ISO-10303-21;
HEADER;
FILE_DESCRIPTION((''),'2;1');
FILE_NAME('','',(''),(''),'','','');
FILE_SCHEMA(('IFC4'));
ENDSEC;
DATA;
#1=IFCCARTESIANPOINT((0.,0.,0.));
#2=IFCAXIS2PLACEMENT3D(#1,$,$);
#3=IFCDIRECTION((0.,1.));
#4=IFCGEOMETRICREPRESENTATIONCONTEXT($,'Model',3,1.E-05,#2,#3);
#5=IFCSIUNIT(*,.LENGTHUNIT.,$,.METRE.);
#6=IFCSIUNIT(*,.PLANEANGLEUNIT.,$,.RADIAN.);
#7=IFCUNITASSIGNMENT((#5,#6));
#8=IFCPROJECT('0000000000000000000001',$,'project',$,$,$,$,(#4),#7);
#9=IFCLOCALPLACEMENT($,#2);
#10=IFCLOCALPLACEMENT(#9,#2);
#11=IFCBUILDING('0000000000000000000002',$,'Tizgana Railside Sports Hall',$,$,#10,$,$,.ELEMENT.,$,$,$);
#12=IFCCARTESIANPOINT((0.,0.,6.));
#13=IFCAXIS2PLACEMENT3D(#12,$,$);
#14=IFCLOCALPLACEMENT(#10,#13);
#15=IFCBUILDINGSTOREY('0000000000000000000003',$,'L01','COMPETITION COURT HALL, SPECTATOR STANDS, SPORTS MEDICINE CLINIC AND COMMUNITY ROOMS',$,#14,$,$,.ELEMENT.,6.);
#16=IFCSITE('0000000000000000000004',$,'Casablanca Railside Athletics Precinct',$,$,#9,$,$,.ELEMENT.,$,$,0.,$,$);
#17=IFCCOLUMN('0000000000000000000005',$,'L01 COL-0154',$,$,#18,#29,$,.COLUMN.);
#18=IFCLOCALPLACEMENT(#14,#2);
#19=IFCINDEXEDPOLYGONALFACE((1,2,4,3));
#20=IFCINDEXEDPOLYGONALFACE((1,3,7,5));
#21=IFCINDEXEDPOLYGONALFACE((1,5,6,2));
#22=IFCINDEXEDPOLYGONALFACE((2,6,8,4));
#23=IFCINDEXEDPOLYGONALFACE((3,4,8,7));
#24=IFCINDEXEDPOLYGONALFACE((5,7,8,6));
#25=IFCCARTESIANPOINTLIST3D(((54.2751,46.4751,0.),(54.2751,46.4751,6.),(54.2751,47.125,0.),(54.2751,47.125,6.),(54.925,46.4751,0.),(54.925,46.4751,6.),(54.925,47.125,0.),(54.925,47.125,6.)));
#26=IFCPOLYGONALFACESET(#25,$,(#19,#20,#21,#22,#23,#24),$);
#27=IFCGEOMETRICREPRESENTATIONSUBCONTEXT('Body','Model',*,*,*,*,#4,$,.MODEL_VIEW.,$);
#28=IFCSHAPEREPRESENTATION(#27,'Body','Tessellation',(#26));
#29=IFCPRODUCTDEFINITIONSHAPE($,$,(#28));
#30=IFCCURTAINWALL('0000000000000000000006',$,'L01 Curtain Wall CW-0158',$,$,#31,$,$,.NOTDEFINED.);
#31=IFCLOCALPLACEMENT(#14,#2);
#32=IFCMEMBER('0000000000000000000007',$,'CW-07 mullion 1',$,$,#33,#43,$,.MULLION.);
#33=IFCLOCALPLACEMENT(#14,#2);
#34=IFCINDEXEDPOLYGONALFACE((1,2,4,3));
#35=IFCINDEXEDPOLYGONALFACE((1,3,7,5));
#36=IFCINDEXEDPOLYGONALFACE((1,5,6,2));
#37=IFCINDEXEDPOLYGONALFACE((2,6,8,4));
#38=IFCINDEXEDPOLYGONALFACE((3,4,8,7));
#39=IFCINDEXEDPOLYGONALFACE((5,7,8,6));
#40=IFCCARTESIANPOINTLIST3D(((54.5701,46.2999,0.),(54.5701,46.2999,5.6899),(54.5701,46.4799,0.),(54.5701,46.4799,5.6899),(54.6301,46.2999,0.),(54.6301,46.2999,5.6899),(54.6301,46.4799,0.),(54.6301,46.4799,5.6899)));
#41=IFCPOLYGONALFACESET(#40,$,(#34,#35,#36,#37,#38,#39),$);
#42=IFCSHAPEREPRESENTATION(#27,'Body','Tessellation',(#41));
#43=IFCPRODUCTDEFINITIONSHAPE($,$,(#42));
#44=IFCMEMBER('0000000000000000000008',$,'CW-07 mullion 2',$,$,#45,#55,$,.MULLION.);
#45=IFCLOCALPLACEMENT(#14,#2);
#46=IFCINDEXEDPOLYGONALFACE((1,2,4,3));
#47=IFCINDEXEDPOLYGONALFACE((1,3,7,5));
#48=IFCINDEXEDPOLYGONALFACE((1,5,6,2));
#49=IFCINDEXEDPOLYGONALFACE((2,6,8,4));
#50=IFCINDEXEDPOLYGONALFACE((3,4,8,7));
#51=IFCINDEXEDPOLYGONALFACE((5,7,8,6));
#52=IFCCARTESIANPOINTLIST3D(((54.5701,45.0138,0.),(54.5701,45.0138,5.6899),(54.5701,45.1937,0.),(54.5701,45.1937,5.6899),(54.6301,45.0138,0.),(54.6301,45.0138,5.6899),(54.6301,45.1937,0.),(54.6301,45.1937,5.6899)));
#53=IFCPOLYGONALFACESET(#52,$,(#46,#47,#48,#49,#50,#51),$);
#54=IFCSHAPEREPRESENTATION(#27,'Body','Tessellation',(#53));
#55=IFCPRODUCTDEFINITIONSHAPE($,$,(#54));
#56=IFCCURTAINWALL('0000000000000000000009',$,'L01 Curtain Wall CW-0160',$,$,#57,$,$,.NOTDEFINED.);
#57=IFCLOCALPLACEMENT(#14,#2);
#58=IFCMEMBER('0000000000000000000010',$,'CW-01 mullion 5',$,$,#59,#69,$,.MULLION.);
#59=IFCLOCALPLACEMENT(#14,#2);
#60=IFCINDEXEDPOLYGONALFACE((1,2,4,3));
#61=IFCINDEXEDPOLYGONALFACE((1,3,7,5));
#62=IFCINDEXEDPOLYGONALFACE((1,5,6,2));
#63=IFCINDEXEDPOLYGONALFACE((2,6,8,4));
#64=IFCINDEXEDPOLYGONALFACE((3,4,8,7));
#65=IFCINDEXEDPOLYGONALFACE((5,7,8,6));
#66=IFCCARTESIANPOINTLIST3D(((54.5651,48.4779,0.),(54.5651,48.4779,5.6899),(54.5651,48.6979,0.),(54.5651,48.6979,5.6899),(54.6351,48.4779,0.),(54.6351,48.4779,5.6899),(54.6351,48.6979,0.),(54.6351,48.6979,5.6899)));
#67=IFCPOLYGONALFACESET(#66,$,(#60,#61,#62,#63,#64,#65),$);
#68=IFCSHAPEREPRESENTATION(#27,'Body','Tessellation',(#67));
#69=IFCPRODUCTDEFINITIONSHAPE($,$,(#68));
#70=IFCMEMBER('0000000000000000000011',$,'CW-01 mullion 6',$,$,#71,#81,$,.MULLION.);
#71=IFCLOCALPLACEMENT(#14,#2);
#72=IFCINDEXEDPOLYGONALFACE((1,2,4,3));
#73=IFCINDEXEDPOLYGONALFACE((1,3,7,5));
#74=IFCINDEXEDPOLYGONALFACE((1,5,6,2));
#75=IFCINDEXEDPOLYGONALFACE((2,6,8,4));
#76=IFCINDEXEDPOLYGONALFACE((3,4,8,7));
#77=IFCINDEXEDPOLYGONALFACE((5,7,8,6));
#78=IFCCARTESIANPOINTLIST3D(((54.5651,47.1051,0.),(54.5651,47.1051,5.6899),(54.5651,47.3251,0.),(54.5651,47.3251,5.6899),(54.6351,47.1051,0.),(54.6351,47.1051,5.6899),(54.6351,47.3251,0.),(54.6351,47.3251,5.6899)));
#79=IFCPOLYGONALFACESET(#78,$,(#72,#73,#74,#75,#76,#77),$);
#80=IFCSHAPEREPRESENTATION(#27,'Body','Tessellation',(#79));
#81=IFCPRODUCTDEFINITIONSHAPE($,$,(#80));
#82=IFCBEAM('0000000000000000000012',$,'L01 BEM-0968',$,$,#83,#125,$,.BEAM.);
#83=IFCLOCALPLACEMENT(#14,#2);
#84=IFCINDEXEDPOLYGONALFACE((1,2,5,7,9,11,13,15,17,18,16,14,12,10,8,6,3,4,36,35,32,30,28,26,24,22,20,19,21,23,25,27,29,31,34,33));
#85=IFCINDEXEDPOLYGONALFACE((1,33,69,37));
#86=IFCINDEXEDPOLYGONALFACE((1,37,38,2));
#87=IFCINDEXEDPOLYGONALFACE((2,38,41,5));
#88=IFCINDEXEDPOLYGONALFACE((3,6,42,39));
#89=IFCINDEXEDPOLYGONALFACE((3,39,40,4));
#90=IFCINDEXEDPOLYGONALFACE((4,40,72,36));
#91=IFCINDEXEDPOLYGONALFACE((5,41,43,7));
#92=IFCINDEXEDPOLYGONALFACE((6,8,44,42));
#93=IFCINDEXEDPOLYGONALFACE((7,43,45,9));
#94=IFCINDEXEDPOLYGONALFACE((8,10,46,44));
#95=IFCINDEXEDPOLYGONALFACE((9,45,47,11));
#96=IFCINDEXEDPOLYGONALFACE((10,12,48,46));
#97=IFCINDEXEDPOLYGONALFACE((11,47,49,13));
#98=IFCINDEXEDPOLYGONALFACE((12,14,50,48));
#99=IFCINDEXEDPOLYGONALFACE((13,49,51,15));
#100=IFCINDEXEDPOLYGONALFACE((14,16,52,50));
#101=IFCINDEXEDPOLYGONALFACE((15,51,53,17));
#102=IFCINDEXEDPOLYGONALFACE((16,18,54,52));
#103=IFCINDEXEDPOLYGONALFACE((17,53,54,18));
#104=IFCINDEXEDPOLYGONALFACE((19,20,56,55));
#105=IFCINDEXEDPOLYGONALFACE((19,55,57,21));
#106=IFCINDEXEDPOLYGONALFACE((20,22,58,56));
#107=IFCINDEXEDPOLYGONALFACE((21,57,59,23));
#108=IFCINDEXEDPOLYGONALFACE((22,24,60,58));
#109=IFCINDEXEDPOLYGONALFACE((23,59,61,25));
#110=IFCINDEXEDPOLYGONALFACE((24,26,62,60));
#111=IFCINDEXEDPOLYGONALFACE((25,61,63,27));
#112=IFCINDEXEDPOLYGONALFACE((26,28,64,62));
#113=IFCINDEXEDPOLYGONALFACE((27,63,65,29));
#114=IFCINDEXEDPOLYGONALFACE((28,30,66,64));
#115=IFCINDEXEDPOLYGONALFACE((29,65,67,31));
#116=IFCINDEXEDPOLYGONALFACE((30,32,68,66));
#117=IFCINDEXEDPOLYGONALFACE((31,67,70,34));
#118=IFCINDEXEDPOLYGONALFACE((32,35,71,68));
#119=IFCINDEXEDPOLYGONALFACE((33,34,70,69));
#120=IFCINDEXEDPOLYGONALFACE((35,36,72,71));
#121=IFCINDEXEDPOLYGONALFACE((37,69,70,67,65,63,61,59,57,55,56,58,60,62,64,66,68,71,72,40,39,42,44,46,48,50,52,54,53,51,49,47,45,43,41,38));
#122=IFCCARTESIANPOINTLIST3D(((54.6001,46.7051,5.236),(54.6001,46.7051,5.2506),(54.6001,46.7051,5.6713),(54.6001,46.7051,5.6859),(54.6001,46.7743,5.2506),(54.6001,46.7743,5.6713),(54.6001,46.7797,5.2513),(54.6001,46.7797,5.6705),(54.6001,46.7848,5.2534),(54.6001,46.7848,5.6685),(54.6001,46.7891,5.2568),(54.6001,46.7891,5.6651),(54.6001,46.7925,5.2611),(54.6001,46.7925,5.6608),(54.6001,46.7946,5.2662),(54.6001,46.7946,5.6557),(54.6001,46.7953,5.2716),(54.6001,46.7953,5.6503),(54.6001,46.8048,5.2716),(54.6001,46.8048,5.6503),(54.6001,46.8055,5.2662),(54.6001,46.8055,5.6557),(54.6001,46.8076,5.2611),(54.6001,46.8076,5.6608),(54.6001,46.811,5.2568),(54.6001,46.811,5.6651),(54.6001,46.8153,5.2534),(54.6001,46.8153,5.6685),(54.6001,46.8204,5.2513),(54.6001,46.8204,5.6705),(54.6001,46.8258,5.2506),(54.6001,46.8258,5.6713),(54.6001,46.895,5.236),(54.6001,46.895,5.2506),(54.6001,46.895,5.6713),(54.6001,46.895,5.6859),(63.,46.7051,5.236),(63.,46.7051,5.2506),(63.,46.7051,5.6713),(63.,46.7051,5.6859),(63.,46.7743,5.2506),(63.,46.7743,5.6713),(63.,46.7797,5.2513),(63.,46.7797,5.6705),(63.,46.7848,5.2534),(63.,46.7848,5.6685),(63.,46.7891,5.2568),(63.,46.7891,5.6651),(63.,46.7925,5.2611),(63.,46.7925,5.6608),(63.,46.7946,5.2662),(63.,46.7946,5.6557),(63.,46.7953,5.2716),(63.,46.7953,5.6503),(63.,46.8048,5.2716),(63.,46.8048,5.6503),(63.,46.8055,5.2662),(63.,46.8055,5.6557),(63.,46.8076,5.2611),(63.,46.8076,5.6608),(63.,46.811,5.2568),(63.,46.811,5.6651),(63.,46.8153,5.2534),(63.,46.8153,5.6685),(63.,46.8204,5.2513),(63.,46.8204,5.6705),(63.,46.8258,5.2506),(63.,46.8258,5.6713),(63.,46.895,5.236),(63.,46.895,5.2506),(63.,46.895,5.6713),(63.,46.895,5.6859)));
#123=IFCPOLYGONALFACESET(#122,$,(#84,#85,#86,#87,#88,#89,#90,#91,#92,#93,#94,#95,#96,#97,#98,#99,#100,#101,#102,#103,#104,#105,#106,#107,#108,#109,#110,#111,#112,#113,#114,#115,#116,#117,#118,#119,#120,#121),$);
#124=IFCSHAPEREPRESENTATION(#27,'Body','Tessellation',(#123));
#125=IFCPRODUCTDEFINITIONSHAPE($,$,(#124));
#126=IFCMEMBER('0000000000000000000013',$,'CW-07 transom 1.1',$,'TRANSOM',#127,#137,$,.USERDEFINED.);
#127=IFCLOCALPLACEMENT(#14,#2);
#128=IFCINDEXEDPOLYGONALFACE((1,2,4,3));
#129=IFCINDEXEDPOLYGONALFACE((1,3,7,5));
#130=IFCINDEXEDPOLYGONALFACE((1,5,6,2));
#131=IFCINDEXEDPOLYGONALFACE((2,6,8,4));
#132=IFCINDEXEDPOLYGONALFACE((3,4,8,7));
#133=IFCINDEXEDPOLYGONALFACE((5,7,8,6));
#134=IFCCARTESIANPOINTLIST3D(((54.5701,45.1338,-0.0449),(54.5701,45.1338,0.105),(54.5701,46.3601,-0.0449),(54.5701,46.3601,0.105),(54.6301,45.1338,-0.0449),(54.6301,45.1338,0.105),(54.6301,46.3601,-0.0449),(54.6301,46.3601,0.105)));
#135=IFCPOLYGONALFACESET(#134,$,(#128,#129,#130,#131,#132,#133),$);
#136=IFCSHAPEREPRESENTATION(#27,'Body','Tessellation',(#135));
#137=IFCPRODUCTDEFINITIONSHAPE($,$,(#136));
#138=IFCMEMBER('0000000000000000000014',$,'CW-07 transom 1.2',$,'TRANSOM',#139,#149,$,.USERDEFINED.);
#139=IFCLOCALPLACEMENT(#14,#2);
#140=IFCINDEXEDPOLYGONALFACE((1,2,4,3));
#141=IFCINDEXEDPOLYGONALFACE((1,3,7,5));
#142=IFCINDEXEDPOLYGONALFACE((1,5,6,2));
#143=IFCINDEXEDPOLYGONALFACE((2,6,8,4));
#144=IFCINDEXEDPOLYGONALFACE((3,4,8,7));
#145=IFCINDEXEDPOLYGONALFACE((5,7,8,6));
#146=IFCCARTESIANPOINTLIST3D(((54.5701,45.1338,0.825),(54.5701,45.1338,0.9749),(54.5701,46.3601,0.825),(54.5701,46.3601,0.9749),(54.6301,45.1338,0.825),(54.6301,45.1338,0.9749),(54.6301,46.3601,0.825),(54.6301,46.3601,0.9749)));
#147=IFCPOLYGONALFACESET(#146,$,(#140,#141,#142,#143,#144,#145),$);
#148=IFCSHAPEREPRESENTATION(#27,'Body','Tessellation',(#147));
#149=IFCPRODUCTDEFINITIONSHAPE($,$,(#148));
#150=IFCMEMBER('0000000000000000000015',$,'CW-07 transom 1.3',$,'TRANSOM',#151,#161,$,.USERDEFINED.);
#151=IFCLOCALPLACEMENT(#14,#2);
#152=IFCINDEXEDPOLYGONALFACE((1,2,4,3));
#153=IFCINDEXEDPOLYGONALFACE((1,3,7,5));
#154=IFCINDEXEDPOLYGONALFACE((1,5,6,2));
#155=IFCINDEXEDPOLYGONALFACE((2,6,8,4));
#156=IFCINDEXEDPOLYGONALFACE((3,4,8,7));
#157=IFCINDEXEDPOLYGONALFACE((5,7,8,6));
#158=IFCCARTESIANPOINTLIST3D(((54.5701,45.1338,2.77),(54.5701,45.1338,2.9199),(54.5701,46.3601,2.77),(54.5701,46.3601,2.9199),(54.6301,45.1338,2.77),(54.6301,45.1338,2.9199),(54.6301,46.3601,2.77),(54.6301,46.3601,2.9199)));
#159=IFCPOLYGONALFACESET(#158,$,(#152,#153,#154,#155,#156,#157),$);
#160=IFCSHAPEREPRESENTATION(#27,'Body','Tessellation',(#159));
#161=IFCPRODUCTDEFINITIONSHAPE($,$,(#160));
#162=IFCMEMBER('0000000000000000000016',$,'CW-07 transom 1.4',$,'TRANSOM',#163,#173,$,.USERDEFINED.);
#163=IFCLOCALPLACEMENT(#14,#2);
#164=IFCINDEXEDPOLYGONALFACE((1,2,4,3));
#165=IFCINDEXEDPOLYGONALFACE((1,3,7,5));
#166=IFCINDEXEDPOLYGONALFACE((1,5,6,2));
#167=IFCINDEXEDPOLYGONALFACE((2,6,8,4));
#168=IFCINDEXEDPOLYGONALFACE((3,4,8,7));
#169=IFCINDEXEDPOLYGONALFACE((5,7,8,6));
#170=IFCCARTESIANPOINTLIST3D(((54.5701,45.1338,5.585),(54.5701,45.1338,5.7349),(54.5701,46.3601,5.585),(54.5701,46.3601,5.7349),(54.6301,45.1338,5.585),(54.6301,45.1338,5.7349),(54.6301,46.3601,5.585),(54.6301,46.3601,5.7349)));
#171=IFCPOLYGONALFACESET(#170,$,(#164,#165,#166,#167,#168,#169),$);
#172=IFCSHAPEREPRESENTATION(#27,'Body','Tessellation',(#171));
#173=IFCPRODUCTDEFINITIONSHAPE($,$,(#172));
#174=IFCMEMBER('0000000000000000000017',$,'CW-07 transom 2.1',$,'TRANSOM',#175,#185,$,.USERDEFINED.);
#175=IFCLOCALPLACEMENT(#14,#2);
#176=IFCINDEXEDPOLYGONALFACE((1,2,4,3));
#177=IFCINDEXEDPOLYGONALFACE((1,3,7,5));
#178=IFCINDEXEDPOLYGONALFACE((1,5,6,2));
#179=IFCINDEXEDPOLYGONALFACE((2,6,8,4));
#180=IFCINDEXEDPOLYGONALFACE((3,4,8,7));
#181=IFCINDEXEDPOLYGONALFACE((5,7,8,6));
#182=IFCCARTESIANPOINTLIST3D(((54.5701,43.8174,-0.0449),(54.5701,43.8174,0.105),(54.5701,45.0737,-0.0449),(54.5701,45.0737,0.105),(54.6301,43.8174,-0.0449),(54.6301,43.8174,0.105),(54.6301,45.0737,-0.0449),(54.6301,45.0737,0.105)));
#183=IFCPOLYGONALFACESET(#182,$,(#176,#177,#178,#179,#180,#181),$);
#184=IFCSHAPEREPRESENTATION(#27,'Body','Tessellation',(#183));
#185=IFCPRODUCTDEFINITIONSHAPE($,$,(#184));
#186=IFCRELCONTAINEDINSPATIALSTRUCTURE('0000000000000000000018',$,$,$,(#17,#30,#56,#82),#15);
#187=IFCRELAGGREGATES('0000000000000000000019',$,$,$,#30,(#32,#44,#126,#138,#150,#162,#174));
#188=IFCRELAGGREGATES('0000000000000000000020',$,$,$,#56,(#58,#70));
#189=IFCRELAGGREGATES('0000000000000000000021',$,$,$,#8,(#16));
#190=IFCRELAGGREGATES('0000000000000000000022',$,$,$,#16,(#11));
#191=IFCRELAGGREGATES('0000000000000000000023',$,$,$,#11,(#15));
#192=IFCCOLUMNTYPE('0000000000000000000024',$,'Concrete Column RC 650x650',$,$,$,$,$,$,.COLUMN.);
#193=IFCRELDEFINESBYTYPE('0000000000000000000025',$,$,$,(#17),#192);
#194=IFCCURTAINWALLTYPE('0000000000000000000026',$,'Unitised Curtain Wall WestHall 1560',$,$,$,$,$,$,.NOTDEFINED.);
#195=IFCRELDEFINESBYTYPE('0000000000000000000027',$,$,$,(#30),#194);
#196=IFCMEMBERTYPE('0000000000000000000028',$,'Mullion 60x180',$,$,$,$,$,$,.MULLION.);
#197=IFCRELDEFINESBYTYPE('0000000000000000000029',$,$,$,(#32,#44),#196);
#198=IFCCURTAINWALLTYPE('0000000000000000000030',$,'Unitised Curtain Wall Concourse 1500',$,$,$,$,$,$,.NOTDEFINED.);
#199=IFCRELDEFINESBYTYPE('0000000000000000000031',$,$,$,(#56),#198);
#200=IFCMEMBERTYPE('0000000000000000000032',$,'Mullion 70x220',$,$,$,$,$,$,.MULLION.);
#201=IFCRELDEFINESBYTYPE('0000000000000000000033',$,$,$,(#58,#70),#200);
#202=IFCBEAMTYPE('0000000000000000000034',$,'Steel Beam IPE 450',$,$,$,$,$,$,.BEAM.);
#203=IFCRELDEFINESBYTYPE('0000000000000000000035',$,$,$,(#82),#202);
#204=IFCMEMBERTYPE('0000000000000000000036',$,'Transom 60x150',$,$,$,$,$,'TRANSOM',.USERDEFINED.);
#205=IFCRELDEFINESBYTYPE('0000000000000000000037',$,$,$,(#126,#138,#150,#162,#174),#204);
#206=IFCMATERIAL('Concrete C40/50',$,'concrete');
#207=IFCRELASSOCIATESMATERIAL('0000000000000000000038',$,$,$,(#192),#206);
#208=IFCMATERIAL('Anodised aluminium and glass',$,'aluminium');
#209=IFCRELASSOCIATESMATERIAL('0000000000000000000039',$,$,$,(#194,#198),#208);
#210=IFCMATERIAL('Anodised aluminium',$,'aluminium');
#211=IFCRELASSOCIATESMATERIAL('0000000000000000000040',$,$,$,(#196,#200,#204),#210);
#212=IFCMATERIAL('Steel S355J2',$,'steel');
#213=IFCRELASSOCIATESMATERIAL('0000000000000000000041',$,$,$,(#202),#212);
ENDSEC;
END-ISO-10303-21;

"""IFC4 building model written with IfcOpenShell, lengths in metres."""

from ifc_helpers import new_model, si_unit, direction, frame, origin, origin_2d, place, context, subcontext, project, spatial, rectangle, i_section, extrude, material, material_profile, profile_set, type_object, element, aggregate, save


model = new_model("IFC4")

# Units and contexts
model_context = context("Model", 3, precision=1e-05, world=origin(), true_north=direction((0.0, 1.0)))
body_context = subcontext(model_context, "Body", "Model", "MODEL_VIEW")
ifc_project = project(units=[si_unit("LENGTHUNIT", "METRE"), si_unit("PLANEANGLEUNIT", "RADIAN")], contexts=[model_context])

# Site, building, storey
site_placement = place(None, origin())
site = spatial("IfcSite", under=ifc_project, at=site_placement, Name="Casablanca Railside Athletics Precinct", CompositionType="ELEMENT", RefElevation=0.0)
building_placement = place(site_placement, origin())
building = spatial("IfcBuilding", under=site, at=building_placement, Name="Tizgana Railside Sports Hall", CompositionType="ELEMENT")
storey_placement = place(building_placement, frame((0.0, 0.0, 6.0)))
storey = spatial("IfcBuildingStorey", under=building, at=storey_placement, Name="L01", Description="COMPETITION COURT HALL, SPECTATOR STANDS, SPORTS MEDICINE CLINIC AND COMMUNITY ROOMS", CompositionType="ELEMENT", Elevation=6.0)

# Column
ifc_material_1 = material(Name="Concrete C40/50", Category="concrete")
ifc_material_profile_1 = material_profile(ifc_material_1, rectangle(XDim=0.6499, YDim=0.6499, at=origin_2d()), Name="RC 650x650")
ifc_profile_set_1 = profile_set([ifc_material_profile_1], Name="Concrete C40/50")
column_type = type_object("IfcColumnType", Name="Concrete Column RC 650x650", PredefinedType="COLUMN", material=ifc_profile_set_1)
column_placement = place(storey_placement, frame((54.6001, 46.8, 0.0), z_axis=(0.0, 0.0, 1.0), x_axis=(1.0, 0.0, 0.0)))
element("IfcColumn", 1, at=column_placement, inside=storey, type_object=column_type, Name="L01 COL-0154", PredefinedType="COLUMN", context=body_context, shape_type="SweptSolid", body=[
    extrude(rectangle(XDim=0.6499, YDim=0.6499, at=origin_2d()), origin(), (0.0, 0.0, 1.0), 6.0),
])

# Curtain walls, members
ifc_material_2 = material(Name="Anodised aluminium and glass", Category="aluminium")
curtain_wall_type_1 = type_object("IfcCurtainWallType", Name="Unitised Curtain Wall WestHall 1560", PredefinedType="NOTDEFINED", material=ifc_material_2)
curtain_wall_1_placement = place(storey_placement, origin())
curtain_wall_1 = element("IfcCurtainWall", 2, at=curtain_wall_1_placement, inside=storey, type_object=curtain_wall_type_1, Name="L01 Curtain Wall CW-0158", PredefinedType="NOTDEFINED")
ifc_material_3 = material(Name="Anodised aluminium", Category="aluminium")
ifc_material_profile_2 = material_profile(ifc_material_3, rectangle(XDim=0.0601, YDim=0.1799, at=origin_2d()), Name="Mullion 60x180")
ifc_profile_set_2 = profile_set([ifc_material_profile_2], Name="Anodised aluminium")
member_type_1 = type_object("IfcMemberType", Name="Mullion 60x180", PredefinedType="MULLION", material=ifc_profile_set_2)
member_1_placement = place(storey_placement, frame((54.6001, 46.3899, 0.0), z_axis=(0.0, 0.0, 1.0), x_axis=(1.0, 0.0, 0.0)))
member_1 = element("IfcMember", 3, at=member_1_placement, type_object=member_type_1, Name="CW-07 mullion 1", PredefinedType="MULLION", context=body_context, shape_type="SweptSolid", body=[
    extrude(rectangle(XDim=0.0601, YDim=0.1799, at=origin_2d()), origin(), (0.0, 0.0, 1.0), 5.6899),
])
member_2_placement = place(storey_placement, frame((54.6001, 45.1038, 0.0), z_axis=(0.0, 0.0, 1.0), x_axis=(1.0, 0.0, 0.0)))
member_2 = element("IfcMember", 4, at=member_2_placement, type_object=member_type_1, Name="CW-07 mullion 2", PredefinedType="MULLION", context=body_context, shape_type="SweptSolid", body=[
    extrude(rectangle(XDim=0.0601, YDim=0.1799, at=origin_2d()), origin(), (0.0, 0.0, 1.0), 5.6899),
])
curtain_wall_type_2 = type_object("IfcCurtainWallType", Name="Unitised Curtain Wall Concourse 1500", PredefinedType="NOTDEFINED", material=ifc_material_2)
curtain_wall_2_placement = place(storey_placement, origin())
curtain_wall_2 = element("IfcCurtainWall", 5, at=curtain_wall_2_placement, inside=storey, type_object=curtain_wall_type_2, Name="L01 Curtain Wall CW-0160", PredefinedType="NOTDEFINED")
ifc_material_profile_3 = material_profile(ifc_material_3, rectangle(XDim=0.0701, YDim=0.22, at=origin_2d()), Name="Mullion 70x220")
ifc_profile_set_3 = profile_set([ifc_material_profile_3], Name="Anodised aluminium")
member_type_2 = type_object("IfcMemberType", Name="Mullion 70x220", PredefinedType="MULLION", material=ifc_profile_set_3)
member_3_placement = place(storey_placement, frame((54.6001, 48.5879, 0.0), z_axis=(0.0, 0.0, 1.0), x_axis=(1.0, 0.0, 0.0)))
member_3 = element("IfcMember", 6, at=member_3_placement, type_object=member_type_2, Name="CW-01 mullion 5", PredefinedType="MULLION", context=body_context, shape_type="SweptSolid", body=[
    extrude(rectangle(XDim=0.0701, YDim=0.22, at=origin_2d()), origin(), (0.0, 0.0, 1.0), 5.6899),
])
member_4_placement = place(storey_placement, frame((54.6001, 47.2151, 0.0), z_axis=(0.0, 0.0, 1.0), x_axis=(1.0, 0.0, 0.0)))
member_4 = element("IfcMember", 7, at=member_4_placement, type_object=member_type_2, Name="CW-01 mullion 6", PredefinedType="MULLION", context=body_context, shape_type="SweptSolid", body=[
    extrude(rectangle(XDim=0.0701, YDim=0.22, at=origin_2d()), origin(), (0.0, 0.0, 1.0), 5.6899),
])

# Beam
ifc_material_4 = material(Name="Steel S355J2", Category="steel")
ifc_material_profile_4 = material_profile(ifc_material_4, i_section(OverallWidth=0.1899, OverallDepth=0.45, WebThickness=0.0095, FlangeThickness=0.0146, FilletRadius=0.021, at=origin_2d()), Name="IPE 450")
ifc_profile_set_4 = profile_set([ifc_material_profile_4], Name="Steel S355J2")
beam_type = type_object("IfcBeamType", Name="Steel Beam IPE 450", PredefinedType="BEAM", material=ifc_profile_set_4)
beam_placement = place(storey_placement, frame((54.6001, 46.8, 5.4609), z_axis=(1.0, 0.0, 0.0), x_axis=(0.0, 1.0, 0.0)))
element("IfcBeam", 8, at=beam_placement, inside=storey, type_object=beam_type, Name="L01 BEM-0968", PredefinedType="BEAM", context=body_context, shape_type="SweptSolid", body=[
    extrude(i_section(OverallWidth=0.1899, OverallDepth=0.45, WebThickness=0.0095, FlangeThickness=0.0146, FilletRadius=0.021, at=origin_2d()), origin(), (0.0, 0.0, 1.0), 8.3999),
])

# Members
ifc_material_profile_5 = material_profile(ifc_material_3, rectangle(XDim=0.0601, YDim=0.1499, at=origin_2d()), Name="Transom 60x150")
ifc_profile_set_5 = profile_set([ifc_material_profile_5], Name="Anodised aluminium")
member_type_3 = type_object("IfcMemberType", Name="Transom 60x150", ElementType="TRANSOM", PredefinedType="USERDEFINED", material=ifc_profile_set_5)
member_5_placement = place(storey_placement, frame((54.6001, 46.3601, 0.03), z_axis=(0.0, -1.0, 0.0), x_axis=(1.0, 0.0, 0.0)))
member_5 = element("IfcMember", 9, at=member_5_placement, type_object=member_type_3, Name="CW-07 transom 1.1", ObjectType="TRANSOM", PredefinedType="USERDEFINED", context=body_context, shape_type="SweptSolid", body=[
    extrude(rectangle(XDim=0.0601, YDim=0.1499, at=origin_2d()), origin(), (0.0, 0.0, 1.0), 1.2263),
])
member_6_placement = place(storey_placement, frame((54.6001, 46.3601, 0.8999), z_axis=(0.0, -1.0, 0.0), x_axis=(1.0, 0.0, 0.0)))
member_6 = element("IfcMember", 10, at=member_6_placement, type_object=member_type_3, Name="CW-07 transom 1.2", ObjectType="TRANSOM", PredefinedType="USERDEFINED", context=body_context, shape_type="SweptSolid", body=[
    extrude(rectangle(XDim=0.0601, YDim=0.1499, at=origin_2d()), origin(), (0.0, 0.0, 1.0), 1.2263),
])
member_7_placement = place(storey_placement, frame((54.6001, 46.3601, 2.845), z_axis=(0.0, -1.0, 0.0), x_axis=(1.0, 0.0, 0.0)))
member_7 = element("IfcMember", 11, at=member_7_placement, type_object=member_type_3, Name="CW-07 transom 1.3", ObjectType="TRANSOM", PredefinedType="USERDEFINED", context=body_context, shape_type="SweptSolid", body=[
    extrude(rectangle(XDim=0.0601, YDim=0.1499, at=origin_2d()), origin(), (0.0, 0.0, 1.0), 1.2263),
])
member_8_placement = place(storey_placement, frame((54.6001, 46.3601, 5.6599), z_axis=(0.0, -1.0, 0.0), x_axis=(1.0, 0.0, 0.0)))
member_8 = element("IfcMember", 12, at=member_8_placement, type_object=member_type_3, Name="CW-07 transom 1.4", ObjectType="TRANSOM", PredefinedType="USERDEFINED", context=body_context, shape_type="SweptSolid", body=[
    extrude(rectangle(XDim=0.0601, YDim=0.1499, at=origin_2d()), origin(), (0.0, 0.0, 1.0), 1.2263),
])
member_9_placement = place(storey_placement, frame((54.6001, 45.0737, 0.03), z_axis=(0.0, -1.0, 0.0), x_axis=(1.0, 0.0, 0.0)))
member_9 = element("IfcMember", 13, at=member_9_placement, type_object=member_type_3, Name="CW-07 transom 2.1", ObjectType="TRANSOM", PredefinedType="USERDEFINED", context=body_context, shape_type="SweptSolid", body=[
    extrude(rectangle(XDim=0.0601, YDim=0.1499, at=origin_2d()), origin(), (0.0, 0.0, 1.0), 1.2563),
])

aggregate(curtain_wall_1, [member_1, member_2, member_5, member_6, member_7, member_8, member_9])
aggregate(curtain_wall_2, [member_3, member_4])

save(model, "model.ifc")
